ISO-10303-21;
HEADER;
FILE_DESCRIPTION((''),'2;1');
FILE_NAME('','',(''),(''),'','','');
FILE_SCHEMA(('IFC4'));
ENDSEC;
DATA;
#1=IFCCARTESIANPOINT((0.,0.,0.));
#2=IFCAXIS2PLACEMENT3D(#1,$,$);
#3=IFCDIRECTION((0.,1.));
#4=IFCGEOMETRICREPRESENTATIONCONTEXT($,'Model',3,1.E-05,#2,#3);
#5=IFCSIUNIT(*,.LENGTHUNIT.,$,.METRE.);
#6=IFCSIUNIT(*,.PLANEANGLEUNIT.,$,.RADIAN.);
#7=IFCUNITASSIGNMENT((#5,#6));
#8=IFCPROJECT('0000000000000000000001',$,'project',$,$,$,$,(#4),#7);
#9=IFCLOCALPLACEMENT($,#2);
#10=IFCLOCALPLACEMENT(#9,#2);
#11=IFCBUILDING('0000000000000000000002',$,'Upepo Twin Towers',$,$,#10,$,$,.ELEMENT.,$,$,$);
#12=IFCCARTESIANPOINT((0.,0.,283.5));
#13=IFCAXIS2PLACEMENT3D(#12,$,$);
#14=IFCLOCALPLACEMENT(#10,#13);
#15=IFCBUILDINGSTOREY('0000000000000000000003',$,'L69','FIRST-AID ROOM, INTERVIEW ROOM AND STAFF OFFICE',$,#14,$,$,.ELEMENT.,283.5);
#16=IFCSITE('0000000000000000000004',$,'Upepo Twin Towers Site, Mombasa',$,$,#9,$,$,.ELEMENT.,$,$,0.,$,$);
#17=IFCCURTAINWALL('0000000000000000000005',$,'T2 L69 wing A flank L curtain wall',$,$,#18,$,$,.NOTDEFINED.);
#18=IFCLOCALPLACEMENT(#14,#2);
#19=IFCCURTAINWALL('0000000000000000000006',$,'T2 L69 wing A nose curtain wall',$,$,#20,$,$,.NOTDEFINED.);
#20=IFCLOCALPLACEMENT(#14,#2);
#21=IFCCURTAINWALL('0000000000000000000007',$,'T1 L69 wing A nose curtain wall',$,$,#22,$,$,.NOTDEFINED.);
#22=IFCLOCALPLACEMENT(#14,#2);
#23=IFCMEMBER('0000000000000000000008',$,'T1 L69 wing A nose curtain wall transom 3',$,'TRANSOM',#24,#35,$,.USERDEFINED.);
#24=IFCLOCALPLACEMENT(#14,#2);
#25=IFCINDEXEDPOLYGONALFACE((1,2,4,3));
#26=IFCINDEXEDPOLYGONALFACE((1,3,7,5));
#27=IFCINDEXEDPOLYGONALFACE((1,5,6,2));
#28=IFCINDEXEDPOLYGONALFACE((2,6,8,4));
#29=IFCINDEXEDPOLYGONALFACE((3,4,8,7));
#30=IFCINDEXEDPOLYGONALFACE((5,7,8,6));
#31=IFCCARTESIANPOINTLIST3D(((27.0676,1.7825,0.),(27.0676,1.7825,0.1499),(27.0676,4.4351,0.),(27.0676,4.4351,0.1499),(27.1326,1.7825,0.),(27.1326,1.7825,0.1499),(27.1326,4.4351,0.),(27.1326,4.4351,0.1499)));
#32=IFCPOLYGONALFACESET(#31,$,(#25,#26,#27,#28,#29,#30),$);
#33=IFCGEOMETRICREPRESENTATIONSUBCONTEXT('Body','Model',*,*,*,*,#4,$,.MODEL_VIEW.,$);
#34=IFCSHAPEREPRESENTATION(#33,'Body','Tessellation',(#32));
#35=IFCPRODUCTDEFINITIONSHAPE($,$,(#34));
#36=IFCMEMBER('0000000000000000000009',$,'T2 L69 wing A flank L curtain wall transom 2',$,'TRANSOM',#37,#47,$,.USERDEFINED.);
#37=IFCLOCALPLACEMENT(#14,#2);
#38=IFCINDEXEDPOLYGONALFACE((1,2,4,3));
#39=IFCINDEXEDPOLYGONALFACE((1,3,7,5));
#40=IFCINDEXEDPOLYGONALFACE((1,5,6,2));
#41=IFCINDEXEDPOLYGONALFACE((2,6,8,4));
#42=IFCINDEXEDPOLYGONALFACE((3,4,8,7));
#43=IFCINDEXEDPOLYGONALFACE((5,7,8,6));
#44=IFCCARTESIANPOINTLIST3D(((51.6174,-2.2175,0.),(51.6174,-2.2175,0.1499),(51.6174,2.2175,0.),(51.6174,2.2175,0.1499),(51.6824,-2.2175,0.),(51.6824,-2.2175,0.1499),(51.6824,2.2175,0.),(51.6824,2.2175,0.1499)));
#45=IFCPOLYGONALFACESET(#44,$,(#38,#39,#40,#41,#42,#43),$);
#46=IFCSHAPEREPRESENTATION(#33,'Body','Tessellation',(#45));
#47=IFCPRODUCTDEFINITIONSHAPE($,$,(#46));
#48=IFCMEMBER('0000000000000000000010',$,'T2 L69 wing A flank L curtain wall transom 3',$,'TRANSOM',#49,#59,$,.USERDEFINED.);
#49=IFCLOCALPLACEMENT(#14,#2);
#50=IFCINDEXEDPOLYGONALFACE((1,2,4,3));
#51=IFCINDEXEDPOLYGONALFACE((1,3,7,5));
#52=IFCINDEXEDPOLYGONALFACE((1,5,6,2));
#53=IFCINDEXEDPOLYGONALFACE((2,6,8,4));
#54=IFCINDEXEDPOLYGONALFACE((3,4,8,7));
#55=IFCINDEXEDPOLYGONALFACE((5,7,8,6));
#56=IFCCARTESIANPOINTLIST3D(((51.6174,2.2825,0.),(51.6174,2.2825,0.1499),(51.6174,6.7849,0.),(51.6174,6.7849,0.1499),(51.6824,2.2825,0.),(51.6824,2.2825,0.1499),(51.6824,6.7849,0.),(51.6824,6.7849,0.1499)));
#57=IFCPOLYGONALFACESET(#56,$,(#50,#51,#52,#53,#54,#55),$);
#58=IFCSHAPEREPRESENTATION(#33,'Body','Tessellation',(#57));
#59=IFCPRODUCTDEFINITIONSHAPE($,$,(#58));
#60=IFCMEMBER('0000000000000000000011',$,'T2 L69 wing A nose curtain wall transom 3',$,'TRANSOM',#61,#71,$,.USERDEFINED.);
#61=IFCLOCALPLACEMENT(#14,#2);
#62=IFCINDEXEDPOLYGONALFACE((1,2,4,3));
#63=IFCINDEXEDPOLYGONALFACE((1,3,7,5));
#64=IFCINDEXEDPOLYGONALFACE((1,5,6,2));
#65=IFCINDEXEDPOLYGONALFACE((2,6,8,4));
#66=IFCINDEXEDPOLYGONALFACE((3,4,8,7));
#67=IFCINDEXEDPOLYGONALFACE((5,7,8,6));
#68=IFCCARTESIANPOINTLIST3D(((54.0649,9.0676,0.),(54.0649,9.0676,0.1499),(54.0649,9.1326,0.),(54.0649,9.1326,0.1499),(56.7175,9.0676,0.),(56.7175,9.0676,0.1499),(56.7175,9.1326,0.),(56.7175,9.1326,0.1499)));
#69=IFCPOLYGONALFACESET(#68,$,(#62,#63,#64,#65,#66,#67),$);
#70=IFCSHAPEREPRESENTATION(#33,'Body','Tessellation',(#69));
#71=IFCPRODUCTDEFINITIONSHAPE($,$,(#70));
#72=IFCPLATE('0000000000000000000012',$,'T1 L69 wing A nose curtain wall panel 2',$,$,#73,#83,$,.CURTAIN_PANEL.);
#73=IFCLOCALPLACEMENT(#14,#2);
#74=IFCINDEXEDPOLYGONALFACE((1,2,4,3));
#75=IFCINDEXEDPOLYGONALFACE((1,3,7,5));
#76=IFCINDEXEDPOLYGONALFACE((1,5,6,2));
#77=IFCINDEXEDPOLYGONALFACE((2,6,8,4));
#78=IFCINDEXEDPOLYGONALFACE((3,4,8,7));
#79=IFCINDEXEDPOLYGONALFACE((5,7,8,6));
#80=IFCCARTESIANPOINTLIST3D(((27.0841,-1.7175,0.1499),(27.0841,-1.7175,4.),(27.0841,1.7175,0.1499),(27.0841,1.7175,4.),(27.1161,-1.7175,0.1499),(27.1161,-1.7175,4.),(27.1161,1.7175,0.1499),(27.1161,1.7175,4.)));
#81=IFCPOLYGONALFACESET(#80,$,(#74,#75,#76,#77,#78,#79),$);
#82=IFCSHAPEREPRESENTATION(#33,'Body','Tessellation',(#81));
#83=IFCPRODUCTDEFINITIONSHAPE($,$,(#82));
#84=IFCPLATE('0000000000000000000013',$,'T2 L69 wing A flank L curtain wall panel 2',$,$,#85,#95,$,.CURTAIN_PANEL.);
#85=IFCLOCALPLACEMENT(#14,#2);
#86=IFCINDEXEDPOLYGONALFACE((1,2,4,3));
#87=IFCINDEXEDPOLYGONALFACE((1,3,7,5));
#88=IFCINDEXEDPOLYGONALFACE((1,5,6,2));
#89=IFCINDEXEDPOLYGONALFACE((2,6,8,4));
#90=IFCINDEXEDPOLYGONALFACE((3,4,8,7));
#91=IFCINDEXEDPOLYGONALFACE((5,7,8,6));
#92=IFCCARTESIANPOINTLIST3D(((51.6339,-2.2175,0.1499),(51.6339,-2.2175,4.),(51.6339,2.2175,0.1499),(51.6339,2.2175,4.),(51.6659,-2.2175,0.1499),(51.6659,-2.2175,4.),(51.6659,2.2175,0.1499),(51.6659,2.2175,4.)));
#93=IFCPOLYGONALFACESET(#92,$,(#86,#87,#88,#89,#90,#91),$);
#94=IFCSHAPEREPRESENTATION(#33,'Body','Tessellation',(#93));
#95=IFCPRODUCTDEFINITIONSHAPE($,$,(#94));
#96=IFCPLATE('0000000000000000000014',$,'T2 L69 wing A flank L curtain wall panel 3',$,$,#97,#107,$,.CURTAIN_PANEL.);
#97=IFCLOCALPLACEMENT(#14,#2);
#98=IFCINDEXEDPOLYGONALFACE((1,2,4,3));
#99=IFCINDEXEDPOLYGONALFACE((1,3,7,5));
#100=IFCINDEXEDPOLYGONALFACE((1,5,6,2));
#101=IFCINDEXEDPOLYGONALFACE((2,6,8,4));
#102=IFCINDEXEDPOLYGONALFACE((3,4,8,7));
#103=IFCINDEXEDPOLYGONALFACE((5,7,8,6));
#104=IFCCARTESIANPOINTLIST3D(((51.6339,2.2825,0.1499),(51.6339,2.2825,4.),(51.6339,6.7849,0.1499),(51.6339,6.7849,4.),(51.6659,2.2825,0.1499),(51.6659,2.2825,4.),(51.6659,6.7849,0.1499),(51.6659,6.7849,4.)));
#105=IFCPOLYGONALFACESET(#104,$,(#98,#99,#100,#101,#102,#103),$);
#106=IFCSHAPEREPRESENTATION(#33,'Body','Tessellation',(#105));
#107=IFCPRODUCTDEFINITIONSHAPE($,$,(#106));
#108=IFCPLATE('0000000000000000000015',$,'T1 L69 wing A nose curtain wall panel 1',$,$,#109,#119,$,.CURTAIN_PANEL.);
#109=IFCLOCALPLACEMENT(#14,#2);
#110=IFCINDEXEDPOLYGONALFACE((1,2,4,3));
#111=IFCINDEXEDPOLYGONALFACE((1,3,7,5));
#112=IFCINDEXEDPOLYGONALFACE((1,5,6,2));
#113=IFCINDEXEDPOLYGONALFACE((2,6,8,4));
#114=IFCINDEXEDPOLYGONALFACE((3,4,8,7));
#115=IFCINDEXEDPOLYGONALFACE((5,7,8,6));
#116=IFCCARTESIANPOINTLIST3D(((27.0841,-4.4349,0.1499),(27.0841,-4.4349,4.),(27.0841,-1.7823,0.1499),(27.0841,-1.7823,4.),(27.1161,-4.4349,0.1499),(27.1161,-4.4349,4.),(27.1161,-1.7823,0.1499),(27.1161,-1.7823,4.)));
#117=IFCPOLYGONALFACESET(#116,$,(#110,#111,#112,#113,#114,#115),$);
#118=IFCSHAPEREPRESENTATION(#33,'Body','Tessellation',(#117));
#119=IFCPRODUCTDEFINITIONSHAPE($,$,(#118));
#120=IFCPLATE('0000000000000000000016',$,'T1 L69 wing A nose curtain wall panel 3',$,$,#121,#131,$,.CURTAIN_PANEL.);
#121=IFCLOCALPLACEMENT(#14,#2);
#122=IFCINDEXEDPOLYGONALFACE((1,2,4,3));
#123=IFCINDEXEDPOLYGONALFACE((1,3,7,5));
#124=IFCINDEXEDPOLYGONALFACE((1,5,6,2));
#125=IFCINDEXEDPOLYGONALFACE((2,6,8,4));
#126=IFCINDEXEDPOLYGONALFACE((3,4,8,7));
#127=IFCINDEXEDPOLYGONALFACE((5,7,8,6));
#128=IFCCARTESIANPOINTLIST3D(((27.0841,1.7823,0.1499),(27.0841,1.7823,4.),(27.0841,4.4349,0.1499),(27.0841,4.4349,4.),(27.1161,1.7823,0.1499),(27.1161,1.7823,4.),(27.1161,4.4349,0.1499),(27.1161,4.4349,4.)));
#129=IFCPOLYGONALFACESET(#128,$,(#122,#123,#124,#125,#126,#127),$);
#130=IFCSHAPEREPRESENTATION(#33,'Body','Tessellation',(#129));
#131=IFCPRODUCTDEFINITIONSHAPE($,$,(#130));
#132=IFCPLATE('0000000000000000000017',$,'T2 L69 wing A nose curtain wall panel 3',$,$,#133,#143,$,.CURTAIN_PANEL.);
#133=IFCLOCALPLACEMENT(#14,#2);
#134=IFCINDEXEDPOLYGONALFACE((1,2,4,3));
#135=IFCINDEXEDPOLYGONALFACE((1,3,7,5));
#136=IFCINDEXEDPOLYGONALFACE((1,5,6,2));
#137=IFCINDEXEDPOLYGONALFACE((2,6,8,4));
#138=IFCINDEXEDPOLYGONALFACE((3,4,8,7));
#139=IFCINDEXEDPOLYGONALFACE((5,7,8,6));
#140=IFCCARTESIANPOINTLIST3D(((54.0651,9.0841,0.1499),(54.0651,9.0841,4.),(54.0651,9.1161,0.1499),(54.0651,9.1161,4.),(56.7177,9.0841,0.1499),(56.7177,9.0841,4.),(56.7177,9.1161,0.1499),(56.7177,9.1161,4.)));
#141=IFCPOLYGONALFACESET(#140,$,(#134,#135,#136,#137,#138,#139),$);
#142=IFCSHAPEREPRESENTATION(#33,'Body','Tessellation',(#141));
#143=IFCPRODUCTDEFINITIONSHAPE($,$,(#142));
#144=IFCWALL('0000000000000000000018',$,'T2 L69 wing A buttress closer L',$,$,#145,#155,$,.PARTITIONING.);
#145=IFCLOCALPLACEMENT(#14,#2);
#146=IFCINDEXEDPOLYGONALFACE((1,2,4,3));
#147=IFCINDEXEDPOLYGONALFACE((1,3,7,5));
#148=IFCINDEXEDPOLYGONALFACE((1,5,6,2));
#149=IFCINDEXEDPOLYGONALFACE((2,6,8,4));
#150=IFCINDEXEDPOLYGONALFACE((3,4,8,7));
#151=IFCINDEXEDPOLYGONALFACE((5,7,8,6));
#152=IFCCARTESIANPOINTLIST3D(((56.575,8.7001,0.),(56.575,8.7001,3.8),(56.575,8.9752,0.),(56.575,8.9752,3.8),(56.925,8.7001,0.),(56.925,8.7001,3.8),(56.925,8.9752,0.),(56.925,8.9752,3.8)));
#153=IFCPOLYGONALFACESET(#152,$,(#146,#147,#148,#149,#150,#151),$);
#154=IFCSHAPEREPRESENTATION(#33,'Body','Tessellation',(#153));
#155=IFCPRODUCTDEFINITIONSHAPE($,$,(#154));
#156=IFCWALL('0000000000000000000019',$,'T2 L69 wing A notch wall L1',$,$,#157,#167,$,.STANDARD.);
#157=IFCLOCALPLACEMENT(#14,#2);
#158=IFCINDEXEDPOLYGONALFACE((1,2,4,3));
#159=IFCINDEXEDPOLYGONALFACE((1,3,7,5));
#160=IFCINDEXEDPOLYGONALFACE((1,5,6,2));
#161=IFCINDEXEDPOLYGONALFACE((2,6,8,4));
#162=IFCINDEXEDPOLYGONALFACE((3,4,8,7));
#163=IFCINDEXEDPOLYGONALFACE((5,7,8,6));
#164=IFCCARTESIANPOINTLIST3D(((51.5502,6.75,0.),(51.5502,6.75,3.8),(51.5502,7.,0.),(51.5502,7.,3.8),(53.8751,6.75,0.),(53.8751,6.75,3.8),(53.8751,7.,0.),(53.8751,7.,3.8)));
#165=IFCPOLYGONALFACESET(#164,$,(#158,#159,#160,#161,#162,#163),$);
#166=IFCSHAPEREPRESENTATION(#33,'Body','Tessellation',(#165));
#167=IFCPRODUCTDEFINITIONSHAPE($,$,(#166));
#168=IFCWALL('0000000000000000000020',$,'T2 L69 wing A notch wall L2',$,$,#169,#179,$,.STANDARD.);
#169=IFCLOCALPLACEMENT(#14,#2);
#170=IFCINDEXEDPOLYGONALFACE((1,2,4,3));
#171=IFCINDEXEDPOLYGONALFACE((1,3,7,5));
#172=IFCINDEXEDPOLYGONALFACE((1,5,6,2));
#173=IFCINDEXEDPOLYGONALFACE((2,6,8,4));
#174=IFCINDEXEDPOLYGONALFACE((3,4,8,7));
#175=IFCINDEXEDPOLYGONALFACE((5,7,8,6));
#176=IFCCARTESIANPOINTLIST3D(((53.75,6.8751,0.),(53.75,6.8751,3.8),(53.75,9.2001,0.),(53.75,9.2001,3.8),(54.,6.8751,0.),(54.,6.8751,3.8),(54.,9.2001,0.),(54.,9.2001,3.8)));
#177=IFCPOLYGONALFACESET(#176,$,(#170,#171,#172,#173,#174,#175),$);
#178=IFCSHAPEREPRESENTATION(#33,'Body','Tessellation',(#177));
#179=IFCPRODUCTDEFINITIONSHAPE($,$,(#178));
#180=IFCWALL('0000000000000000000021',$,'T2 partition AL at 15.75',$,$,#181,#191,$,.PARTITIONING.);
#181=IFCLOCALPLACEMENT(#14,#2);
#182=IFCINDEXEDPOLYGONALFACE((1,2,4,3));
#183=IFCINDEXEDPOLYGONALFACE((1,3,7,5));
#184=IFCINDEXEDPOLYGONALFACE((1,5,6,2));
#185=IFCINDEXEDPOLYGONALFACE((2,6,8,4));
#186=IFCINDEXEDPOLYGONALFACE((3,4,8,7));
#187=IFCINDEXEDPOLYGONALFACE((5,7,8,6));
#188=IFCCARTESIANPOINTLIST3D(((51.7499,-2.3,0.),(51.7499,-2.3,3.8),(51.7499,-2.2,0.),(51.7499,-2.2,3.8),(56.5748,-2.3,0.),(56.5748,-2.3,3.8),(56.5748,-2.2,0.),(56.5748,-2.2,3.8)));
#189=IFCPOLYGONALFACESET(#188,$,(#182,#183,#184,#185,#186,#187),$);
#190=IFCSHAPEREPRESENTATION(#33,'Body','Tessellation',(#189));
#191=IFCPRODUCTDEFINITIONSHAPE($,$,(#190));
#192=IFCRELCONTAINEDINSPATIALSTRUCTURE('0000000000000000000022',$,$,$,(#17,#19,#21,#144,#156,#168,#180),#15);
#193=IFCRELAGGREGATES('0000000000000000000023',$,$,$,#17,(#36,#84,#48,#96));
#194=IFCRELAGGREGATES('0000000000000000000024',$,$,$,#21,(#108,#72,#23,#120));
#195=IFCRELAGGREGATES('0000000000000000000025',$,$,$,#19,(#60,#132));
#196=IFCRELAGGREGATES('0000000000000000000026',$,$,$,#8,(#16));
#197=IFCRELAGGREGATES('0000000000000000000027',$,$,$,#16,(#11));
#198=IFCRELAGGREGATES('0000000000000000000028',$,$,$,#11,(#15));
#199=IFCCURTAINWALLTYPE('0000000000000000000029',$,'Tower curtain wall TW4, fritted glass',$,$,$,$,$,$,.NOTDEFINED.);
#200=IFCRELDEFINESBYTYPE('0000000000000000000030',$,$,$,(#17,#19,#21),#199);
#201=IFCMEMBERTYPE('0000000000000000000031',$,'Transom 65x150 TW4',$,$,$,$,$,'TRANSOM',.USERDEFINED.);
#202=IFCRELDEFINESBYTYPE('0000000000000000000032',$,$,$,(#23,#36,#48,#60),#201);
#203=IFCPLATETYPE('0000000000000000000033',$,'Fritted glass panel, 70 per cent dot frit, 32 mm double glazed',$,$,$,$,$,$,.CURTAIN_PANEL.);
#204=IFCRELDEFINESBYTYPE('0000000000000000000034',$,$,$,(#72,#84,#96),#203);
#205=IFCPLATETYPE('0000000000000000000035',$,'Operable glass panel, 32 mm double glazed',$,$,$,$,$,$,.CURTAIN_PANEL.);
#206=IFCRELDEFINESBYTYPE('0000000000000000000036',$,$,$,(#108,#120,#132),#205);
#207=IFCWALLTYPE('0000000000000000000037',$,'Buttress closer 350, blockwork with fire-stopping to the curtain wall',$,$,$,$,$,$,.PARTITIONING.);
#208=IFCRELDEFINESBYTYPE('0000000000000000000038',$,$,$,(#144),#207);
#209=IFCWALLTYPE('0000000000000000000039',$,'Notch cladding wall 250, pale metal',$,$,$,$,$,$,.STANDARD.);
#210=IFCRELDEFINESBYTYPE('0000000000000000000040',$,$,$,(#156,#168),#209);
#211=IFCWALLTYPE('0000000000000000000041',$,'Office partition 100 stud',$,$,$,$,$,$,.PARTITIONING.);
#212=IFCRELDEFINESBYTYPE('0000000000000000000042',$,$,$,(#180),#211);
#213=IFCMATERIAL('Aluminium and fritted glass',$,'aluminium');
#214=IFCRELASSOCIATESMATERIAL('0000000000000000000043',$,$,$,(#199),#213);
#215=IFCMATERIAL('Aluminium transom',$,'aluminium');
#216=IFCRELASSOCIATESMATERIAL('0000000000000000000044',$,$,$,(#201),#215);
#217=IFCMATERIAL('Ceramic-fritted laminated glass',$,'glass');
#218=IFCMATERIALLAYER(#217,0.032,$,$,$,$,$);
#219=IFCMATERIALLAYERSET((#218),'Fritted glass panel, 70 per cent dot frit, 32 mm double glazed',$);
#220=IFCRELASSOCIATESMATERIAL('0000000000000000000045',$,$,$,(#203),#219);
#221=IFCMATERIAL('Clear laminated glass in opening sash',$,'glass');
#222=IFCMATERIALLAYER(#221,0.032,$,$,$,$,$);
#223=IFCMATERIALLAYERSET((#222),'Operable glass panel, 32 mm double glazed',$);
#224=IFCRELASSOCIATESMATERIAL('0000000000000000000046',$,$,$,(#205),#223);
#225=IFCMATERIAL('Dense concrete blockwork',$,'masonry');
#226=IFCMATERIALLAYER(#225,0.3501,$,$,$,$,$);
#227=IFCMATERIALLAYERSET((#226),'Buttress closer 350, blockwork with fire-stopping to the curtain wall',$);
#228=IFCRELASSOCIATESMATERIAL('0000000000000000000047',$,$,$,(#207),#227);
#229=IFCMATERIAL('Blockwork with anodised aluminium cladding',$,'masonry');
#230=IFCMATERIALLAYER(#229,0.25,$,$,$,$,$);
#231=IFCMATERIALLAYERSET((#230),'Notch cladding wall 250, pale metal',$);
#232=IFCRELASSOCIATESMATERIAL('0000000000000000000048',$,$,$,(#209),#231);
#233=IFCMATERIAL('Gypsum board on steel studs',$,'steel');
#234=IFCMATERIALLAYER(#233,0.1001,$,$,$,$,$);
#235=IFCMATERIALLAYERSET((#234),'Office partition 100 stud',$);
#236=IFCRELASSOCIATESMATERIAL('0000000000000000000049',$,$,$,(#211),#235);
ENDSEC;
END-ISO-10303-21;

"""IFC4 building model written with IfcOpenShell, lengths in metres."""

from ifc_helpers import new_model, si_unit, direction, frame, frame_2d, origin, origin_2d, place, context, subcontext, project, spatial, rectangle, extrude, material, layer, layer_set, material_profile, profile_set, type_object, element, aggregate, save


model = new_model("IFC4")

# Units and contexts
model_context = context("Model", 3, precision=1e-05, world=origin(), true_north=direction((0.0, 1.0)))
body_context = subcontext(model_context, "Body", "Model", "MODEL_VIEW")
ifc_project = project(units=[si_unit("LENGTHUNIT", "METRE"), si_unit("PLANEANGLEUNIT", "RADIAN")], contexts=[model_context])

# Site, building, storey
site_placement = place(None, origin())
site = spatial("IfcSite", under=ifc_project, at=site_placement, Name="Upepo Twin Towers Site, Mombasa", CompositionType="ELEMENT", RefElevation=0.0)
building_placement = place(site_placement, origin())
building = spatial("IfcBuilding", under=site, at=building_placement, Name="Upepo Twin Towers", CompositionType="ELEMENT")
storey_placement = place(building_placement, frame((0.0, 0.0, 283.5)))
storey = spatial("IfcBuildingStorey", under=building, at=storey_placement, Name="L69", Description="FIRST-AID ROOM, INTERVIEW ROOM AND STAFF OFFICE", CompositionType="ELEMENT", Elevation=283.5)

# Curtain walls, member
ifc_material_1 = material(Name="Aluminium and fritted glass", Category="aluminium")
curtain_wall_type = type_object("IfcCurtainWallType", Name="Tower curtain wall TW4, fritted glass", PredefinedType="NOTDEFINED", material=ifc_material_1)
curtain_wall_1_placement = place(storey_placement, origin())
curtain_wall_1 = element("IfcCurtainWall", 1, at=curtain_wall_1_placement, inside=storey, type_object=curtain_wall_type, Name="T2 L69 wing A flank L curtain wall", PredefinedType="NOTDEFINED")
curtain_wall_2_placement = place(storey_placement, origin())
curtain_wall_2 = element("IfcCurtainWall", 2, at=curtain_wall_2_placement, inside=storey, type_object=curtain_wall_type, Name="T2 L69 wing A nose curtain wall", PredefinedType="NOTDEFINED")
curtain_wall_3_placement = place(storey_placement, origin())
curtain_wall_3 = element("IfcCurtainWall", 3, at=curtain_wall_3_placement, inside=storey, type_object=curtain_wall_type, Name="T1 L69 wing A nose curtain wall", PredefinedType="NOTDEFINED")
ifc_material_2 = material(Name="Aluminium transom", Category="aluminium")
ifc_material_profile_1 = material_profile(ifc_material_2, rectangle(XDim=0.0649, YDim=0.1499, at=origin_2d()), Name="TRANSOM 65x150")
ifc_profile_set_1 = profile_set([ifc_material_profile_1], Name="Aluminium transom")
member_type_1 = type_object("IfcMemberType", Name="Transom 65x150 TW4", ElementType="TRANSOM", PredefinedType="USERDEFINED", material=ifc_profile_set_1)
member_1_placement = place(storey_placement, frame((27.1001, 1.7825, 0.075), z_axis=(0.0, 1.0, 0.0), x_axis=(-1.0, 0.0, 0.0)))
member_1 = element("IfcMember", 4, at=member_1_placement, type_object=member_type_1, Name="T1 L69 wing A nose curtain wall transom 3", ObjectType="TRANSOM", PredefinedType="USERDEFINED", context=body_context, shape_type="SweptSolid", body=[
    extrude(rectangle(XDim=0.0649, YDim=0.1499, at=origin_2d()), origin(), (0.0, 0.0, 1.0), 2.6526),
])

# Members
member_2_placement = place(storey_placement, frame((51.6499, -2.2175, 0.075), z_axis=(0.0, 1.0, 0.0), x_axis=(-1.0, 0.0, 0.0)))
member_2 = element("IfcMember", 5, at=member_2_placement, type_object=member_type_1, Name="T2 L69 wing A flank L curtain wall transom 2", ObjectType="TRANSOM", PredefinedType="USERDEFINED", context=body_context, shape_type="SweptSolid", body=[
    extrude(rectangle(XDim=0.0649, YDim=0.1499, at=origin_2d()), origin(), (0.0, 0.0, 1.0), 4.4351),
])
member_3_placement = place(storey_placement, frame((51.6499, 2.2825, 0.075), z_axis=(0.0, 1.0, 0.0), x_axis=(-1.0, 0.0, 0.0)))
member_3 = element("IfcMember", 6, at=member_3_placement, type_object=member_type_1, Name="T2 L69 wing A flank L curtain wall transom 3", ObjectType="TRANSOM", PredefinedType="USERDEFINED", context=body_context, shape_type="SweptSolid", body=[
    extrude(rectangle(XDim=0.0649, YDim=0.1499, at=origin_2d()), origin(), (0.0, 0.0, 1.0), 4.5024),
])
member_4_placement = place(storey_placement, frame((56.7175, 9.1001, 0.075), z_axis=(-1.0, 0.0, 0.0), x_axis=(0.0, -1.0, 0.0)))
member_4 = element("IfcMember", 7, at=member_4_placement, type_object=member_type_1, Name="T2 L69 wing A nose curtain wall transom 3", ObjectType="TRANSOM", PredefinedType="USERDEFINED", context=body_context, shape_type="SweptSolid", body=[
    extrude(rectangle(XDim=0.0649, YDim=0.1499, at=origin_2d()), origin(), (0.0, 0.0, 1.0), 2.6526),
])

# Plates
ifc_material_3 = material(Name="Ceramic-fritted laminated glass", Category="glass")
ifc_layer_1 = layer(ifc_material_3, 0.032)
ifc_layer_set_1 = layer_set([ifc_layer_1], Name="Fritted glass panel, 70 per cent dot frit, 32 mm double glazed")
plate_type_1 = type_object("IfcPlateType", Name="Fritted glass panel, 70 per cent dot frit, 32 mm double glazed", PredefinedType="CURTAIN_PANEL", material=ifc_layer_set_1)
plate_1_placement = place(storey_placement, frame((27.1001, 0.0, 0.1499), z_axis=(0.0, 0.0, 1.0), x_axis=(0.0, 1.0, 0.0)))
plate_1 = element("IfcPlate", 8, at=plate_1_placement, type_object=plate_type_1, Name="T1 L69 wing A nose curtain wall panel 2", PredefinedType="CURTAIN_PANEL", context=body_context, shape_type="SweptSolid", body=[
    extrude(rectangle(XDim=3.4351, YDim=0.032, at=origin_2d()), origin(), (0.0, 0.0, 1.0), 3.8501),
])
plate_2_placement = place(storey_placement, frame((51.6499, 0.0, 0.1499), z_axis=(0.0, 0.0, 1.0), x_axis=(0.0, 1.0, 0.0)))
plate_2 = element("IfcPlate", 9, at=plate_2_placement, type_object=plate_type_1, Name="T2 L69 wing A flank L curtain wall panel 2", PredefinedType="CURTAIN_PANEL", context=body_context, shape_type="SweptSolid", body=[
    extrude(rectangle(XDim=4.4351, YDim=0.032, at=origin_2d()), origin(), (0.0, 0.0, 1.0), 3.8501),
])
plate_3_placement = place(storey_placement, frame((51.6499, 4.5337, 0.1499), z_axis=(0.0, 0.0, 1.0), x_axis=(0.0, 1.0, 0.0)))
plate_3 = element("IfcPlate", 10, at=plate_3_placement, type_object=plate_type_1, Name="T2 L69 wing A flank L curtain wall panel 3", PredefinedType="CURTAIN_PANEL", context=body_context, shape_type="SweptSolid", body=[
    extrude(rectangle(XDim=4.5024, YDim=0.032, at=origin_2d()), origin(), (0.0, 0.0, 1.0), 3.8501),
])
aggregate(curtain_wall_1, [member_2, plate_2, member_3, plate_3])
ifc_material_4 = material(Name="Clear laminated glass in opening sash", Category="glass")
ifc_layer_2 = layer(ifc_material_4, 0.032)
ifc_layer_set_2 = layer_set([ifc_layer_2], Name="Operable glass panel, 32 mm double glazed")
plate_type_2 = type_object("IfcPlateType", Name="Operable glass panel, 32 mm double glazed", PredefinedType="CURTAIN_PANEL", material=ifc_layer_set_2)
plate_4_placement = place(storey_placement, frame((27.1001, -3.1086, 0.1499), z_axis=(0.0, 0.0, 1.0), x_axis=(0.0, 1.0, 0.0)))
plate_4 = element("IfcPlate", 11, at=plate_4_placement, type_object=plate_type_2, Name="T1 L69 wing A nose curtain wall panel 1", PredefinedType="CURTAIN_PANEL", context=body_context, shape_type="SweptSolid", body=[
    extrude(rectangle(XDim=2.6526, YDim=0.032, at=origin_2d()), origin(), (0.0, 0.0, 1.0), 3.8501),
])
plate_5_placement = place(storey_placement, frame((27.1001, 3.1086, 0.1499), z_axis=(0.0, 0.0, 1.0), x_axis=(0.0, 1.0, 0.0)))
plate_5 = element("IfcPlate", 12, at=plate_5_placement, type_object=plate_type_2, Name="T1 L69 wing A nose curtain wall panel 3", PredefinedType="CURTAIN_PANEL", context=body_context, shape_type="SweptSolid", body=[
    extrude(rectangle(XDim=2.6526, YDim=0.032, at=origin_2d()), origin(), (0.0, 0.0, 1.0), 3.8501),
])
aggregate(curtain_wall_3, [plate_4, plate_1, member_1, plate_5])
plate_6_placement = place(storey_placement, frame((55.3914, 9.1001, 0.1499), z_axis=(0.0, 0.0, 1.0), x_axis=(-1.0, 0.0, 0.0)))
plate_6 = element("IfcPlate", 13, at=plate_6_placement, type_object=plate_type_2, Name="T2 L69 wing A nose curtain wall panel 3", PredefinedType="CURTAIN_PANEL", context=body_context, shape_type="SweptSolid", body=[
    extrude(rectangle(XDim=2.6526, YDim=0.032, at=origin_2d()), origin(), (0.0, 0.0, 1.0), 3.8501),
])
aggregate(curtain_wall_2, [member_4, plate_6])

# Walls
ifc_material_5 = material(Name="Dense concrete blockwork", Category="masonry")
ifc_layer_3 = layer(ifc_material_5, 0.3501)
ifc_layer_set_3 = layer_set([ifc_layer_3], Name="Buttress closer 350, blockwork with fire-stopping to the curtain wall")
wall_type_1 = type_object("IfcWallType", Name="Buttress closer 350, blockwork with fire-stopping to the curtain wall", PredefinedType="PARTITIONING", material=ifc_layer_set_3)
wall_1_placement = place(storey_placement, frame((56.75, 8.7, 0.0), z_axis=(0.0, 0.0, 1.0), x_axis=(0.0, 1.0, 0.0)))
element("IfcWall", 14, at=wall_1_placement, inside=storey, type_object=wall_type_1, Name="T2 L69 wing A buttress closer L", PredefinedType="PARTITIONING", context=body_context, shape_type="SweptSolid", body=[
    extrude(rectangle(XDim=0.2751, YDim=0.3501, at=frame_2d((0.1377, 0.0))), origin(), (0.0, 0.0, 1.0), 3.8),
])
ifc_material_6 = material(Name="Blockwork with anodised aluminium cladding", Category="masonry")
ifc_layer_4 = layer(ifc_material_6, 0.25)
ifc_layer_set_4 = layer_set([ifc_layer_4], Name="Notch cladding wall 250, pale metal")
wall_type_2 = type_object("IfcWallType", Name="Notch cladding wall 250, pale metal", PredefinedType="STANDARD", material=ifc_layer_set_4)
for number, where, z_axis, x_axis, name in (
    (15, (51.55, 6.875, 0.0), (0.0, 0.0, 1.0), (1.0, 0.0, 0.0), "T2 L69 wing A notch wall L1"),
    (16, (53.875, 6.875, 0.0), (0.0, 0.0, 1.0), (0.0, 1.0, 0.0), "T2 L69 wing A notch wall L2"),
):
    element("IfcWall", number, at=place(storey_placement, frame(where, z_axis=z_axis, x_axis=x_axis)), inside=storey, type_object=wall_type_2, Name=name, PredefinedType="STANDARD", context=body_context, shape_type="SweptSolid", body=[
        extrude(rectangle(XDim=2.325, YDim=0.25, at=frame_2d((1.1626, 0.0))), origin(), (0.0, 0.0, 1.0), 3.8),
    ])
ifc_material_7 = material(Name="Gypsum board on steel studs", Category="steel")
ifc_layer_5 = layer(ifc_material_7, 0.1001)
ifc_layer_set_5 = layer_set([ifc_layer_5], Name="Office partition 100 stud")
wall_type_3 = type_object("IfcWallType", Name="Office partition 100 stud", PredefinedType="PARTITIONING", material=ifc_layer_set_5)
for number, where, z_axis, x_axis, name in (
    (17, (56.575, -2.25, 0.0), (0.0, 0.0, 1.0), (-1.0, 0.0, 0.0), "T2 partition AL at 15.75"),
):
    element("IfcWall", number, at=place(storey_placement, frame(where, z_axis=z_axis, x_axis=x_axis)), inside=storey, type_object=wall_type_3, Name=name, PredefinedType="PARTITIONING", context=body_context, shape_type="SweptSolid", body=[
        extrude(rectangle(XDim=4.825, YDim=0.1001, at=frame_2d((2.4126, 0.0))), origin(), (0.0, 0.0, 1.0), 3.8),
    ])

save(model, "model.ifc")
